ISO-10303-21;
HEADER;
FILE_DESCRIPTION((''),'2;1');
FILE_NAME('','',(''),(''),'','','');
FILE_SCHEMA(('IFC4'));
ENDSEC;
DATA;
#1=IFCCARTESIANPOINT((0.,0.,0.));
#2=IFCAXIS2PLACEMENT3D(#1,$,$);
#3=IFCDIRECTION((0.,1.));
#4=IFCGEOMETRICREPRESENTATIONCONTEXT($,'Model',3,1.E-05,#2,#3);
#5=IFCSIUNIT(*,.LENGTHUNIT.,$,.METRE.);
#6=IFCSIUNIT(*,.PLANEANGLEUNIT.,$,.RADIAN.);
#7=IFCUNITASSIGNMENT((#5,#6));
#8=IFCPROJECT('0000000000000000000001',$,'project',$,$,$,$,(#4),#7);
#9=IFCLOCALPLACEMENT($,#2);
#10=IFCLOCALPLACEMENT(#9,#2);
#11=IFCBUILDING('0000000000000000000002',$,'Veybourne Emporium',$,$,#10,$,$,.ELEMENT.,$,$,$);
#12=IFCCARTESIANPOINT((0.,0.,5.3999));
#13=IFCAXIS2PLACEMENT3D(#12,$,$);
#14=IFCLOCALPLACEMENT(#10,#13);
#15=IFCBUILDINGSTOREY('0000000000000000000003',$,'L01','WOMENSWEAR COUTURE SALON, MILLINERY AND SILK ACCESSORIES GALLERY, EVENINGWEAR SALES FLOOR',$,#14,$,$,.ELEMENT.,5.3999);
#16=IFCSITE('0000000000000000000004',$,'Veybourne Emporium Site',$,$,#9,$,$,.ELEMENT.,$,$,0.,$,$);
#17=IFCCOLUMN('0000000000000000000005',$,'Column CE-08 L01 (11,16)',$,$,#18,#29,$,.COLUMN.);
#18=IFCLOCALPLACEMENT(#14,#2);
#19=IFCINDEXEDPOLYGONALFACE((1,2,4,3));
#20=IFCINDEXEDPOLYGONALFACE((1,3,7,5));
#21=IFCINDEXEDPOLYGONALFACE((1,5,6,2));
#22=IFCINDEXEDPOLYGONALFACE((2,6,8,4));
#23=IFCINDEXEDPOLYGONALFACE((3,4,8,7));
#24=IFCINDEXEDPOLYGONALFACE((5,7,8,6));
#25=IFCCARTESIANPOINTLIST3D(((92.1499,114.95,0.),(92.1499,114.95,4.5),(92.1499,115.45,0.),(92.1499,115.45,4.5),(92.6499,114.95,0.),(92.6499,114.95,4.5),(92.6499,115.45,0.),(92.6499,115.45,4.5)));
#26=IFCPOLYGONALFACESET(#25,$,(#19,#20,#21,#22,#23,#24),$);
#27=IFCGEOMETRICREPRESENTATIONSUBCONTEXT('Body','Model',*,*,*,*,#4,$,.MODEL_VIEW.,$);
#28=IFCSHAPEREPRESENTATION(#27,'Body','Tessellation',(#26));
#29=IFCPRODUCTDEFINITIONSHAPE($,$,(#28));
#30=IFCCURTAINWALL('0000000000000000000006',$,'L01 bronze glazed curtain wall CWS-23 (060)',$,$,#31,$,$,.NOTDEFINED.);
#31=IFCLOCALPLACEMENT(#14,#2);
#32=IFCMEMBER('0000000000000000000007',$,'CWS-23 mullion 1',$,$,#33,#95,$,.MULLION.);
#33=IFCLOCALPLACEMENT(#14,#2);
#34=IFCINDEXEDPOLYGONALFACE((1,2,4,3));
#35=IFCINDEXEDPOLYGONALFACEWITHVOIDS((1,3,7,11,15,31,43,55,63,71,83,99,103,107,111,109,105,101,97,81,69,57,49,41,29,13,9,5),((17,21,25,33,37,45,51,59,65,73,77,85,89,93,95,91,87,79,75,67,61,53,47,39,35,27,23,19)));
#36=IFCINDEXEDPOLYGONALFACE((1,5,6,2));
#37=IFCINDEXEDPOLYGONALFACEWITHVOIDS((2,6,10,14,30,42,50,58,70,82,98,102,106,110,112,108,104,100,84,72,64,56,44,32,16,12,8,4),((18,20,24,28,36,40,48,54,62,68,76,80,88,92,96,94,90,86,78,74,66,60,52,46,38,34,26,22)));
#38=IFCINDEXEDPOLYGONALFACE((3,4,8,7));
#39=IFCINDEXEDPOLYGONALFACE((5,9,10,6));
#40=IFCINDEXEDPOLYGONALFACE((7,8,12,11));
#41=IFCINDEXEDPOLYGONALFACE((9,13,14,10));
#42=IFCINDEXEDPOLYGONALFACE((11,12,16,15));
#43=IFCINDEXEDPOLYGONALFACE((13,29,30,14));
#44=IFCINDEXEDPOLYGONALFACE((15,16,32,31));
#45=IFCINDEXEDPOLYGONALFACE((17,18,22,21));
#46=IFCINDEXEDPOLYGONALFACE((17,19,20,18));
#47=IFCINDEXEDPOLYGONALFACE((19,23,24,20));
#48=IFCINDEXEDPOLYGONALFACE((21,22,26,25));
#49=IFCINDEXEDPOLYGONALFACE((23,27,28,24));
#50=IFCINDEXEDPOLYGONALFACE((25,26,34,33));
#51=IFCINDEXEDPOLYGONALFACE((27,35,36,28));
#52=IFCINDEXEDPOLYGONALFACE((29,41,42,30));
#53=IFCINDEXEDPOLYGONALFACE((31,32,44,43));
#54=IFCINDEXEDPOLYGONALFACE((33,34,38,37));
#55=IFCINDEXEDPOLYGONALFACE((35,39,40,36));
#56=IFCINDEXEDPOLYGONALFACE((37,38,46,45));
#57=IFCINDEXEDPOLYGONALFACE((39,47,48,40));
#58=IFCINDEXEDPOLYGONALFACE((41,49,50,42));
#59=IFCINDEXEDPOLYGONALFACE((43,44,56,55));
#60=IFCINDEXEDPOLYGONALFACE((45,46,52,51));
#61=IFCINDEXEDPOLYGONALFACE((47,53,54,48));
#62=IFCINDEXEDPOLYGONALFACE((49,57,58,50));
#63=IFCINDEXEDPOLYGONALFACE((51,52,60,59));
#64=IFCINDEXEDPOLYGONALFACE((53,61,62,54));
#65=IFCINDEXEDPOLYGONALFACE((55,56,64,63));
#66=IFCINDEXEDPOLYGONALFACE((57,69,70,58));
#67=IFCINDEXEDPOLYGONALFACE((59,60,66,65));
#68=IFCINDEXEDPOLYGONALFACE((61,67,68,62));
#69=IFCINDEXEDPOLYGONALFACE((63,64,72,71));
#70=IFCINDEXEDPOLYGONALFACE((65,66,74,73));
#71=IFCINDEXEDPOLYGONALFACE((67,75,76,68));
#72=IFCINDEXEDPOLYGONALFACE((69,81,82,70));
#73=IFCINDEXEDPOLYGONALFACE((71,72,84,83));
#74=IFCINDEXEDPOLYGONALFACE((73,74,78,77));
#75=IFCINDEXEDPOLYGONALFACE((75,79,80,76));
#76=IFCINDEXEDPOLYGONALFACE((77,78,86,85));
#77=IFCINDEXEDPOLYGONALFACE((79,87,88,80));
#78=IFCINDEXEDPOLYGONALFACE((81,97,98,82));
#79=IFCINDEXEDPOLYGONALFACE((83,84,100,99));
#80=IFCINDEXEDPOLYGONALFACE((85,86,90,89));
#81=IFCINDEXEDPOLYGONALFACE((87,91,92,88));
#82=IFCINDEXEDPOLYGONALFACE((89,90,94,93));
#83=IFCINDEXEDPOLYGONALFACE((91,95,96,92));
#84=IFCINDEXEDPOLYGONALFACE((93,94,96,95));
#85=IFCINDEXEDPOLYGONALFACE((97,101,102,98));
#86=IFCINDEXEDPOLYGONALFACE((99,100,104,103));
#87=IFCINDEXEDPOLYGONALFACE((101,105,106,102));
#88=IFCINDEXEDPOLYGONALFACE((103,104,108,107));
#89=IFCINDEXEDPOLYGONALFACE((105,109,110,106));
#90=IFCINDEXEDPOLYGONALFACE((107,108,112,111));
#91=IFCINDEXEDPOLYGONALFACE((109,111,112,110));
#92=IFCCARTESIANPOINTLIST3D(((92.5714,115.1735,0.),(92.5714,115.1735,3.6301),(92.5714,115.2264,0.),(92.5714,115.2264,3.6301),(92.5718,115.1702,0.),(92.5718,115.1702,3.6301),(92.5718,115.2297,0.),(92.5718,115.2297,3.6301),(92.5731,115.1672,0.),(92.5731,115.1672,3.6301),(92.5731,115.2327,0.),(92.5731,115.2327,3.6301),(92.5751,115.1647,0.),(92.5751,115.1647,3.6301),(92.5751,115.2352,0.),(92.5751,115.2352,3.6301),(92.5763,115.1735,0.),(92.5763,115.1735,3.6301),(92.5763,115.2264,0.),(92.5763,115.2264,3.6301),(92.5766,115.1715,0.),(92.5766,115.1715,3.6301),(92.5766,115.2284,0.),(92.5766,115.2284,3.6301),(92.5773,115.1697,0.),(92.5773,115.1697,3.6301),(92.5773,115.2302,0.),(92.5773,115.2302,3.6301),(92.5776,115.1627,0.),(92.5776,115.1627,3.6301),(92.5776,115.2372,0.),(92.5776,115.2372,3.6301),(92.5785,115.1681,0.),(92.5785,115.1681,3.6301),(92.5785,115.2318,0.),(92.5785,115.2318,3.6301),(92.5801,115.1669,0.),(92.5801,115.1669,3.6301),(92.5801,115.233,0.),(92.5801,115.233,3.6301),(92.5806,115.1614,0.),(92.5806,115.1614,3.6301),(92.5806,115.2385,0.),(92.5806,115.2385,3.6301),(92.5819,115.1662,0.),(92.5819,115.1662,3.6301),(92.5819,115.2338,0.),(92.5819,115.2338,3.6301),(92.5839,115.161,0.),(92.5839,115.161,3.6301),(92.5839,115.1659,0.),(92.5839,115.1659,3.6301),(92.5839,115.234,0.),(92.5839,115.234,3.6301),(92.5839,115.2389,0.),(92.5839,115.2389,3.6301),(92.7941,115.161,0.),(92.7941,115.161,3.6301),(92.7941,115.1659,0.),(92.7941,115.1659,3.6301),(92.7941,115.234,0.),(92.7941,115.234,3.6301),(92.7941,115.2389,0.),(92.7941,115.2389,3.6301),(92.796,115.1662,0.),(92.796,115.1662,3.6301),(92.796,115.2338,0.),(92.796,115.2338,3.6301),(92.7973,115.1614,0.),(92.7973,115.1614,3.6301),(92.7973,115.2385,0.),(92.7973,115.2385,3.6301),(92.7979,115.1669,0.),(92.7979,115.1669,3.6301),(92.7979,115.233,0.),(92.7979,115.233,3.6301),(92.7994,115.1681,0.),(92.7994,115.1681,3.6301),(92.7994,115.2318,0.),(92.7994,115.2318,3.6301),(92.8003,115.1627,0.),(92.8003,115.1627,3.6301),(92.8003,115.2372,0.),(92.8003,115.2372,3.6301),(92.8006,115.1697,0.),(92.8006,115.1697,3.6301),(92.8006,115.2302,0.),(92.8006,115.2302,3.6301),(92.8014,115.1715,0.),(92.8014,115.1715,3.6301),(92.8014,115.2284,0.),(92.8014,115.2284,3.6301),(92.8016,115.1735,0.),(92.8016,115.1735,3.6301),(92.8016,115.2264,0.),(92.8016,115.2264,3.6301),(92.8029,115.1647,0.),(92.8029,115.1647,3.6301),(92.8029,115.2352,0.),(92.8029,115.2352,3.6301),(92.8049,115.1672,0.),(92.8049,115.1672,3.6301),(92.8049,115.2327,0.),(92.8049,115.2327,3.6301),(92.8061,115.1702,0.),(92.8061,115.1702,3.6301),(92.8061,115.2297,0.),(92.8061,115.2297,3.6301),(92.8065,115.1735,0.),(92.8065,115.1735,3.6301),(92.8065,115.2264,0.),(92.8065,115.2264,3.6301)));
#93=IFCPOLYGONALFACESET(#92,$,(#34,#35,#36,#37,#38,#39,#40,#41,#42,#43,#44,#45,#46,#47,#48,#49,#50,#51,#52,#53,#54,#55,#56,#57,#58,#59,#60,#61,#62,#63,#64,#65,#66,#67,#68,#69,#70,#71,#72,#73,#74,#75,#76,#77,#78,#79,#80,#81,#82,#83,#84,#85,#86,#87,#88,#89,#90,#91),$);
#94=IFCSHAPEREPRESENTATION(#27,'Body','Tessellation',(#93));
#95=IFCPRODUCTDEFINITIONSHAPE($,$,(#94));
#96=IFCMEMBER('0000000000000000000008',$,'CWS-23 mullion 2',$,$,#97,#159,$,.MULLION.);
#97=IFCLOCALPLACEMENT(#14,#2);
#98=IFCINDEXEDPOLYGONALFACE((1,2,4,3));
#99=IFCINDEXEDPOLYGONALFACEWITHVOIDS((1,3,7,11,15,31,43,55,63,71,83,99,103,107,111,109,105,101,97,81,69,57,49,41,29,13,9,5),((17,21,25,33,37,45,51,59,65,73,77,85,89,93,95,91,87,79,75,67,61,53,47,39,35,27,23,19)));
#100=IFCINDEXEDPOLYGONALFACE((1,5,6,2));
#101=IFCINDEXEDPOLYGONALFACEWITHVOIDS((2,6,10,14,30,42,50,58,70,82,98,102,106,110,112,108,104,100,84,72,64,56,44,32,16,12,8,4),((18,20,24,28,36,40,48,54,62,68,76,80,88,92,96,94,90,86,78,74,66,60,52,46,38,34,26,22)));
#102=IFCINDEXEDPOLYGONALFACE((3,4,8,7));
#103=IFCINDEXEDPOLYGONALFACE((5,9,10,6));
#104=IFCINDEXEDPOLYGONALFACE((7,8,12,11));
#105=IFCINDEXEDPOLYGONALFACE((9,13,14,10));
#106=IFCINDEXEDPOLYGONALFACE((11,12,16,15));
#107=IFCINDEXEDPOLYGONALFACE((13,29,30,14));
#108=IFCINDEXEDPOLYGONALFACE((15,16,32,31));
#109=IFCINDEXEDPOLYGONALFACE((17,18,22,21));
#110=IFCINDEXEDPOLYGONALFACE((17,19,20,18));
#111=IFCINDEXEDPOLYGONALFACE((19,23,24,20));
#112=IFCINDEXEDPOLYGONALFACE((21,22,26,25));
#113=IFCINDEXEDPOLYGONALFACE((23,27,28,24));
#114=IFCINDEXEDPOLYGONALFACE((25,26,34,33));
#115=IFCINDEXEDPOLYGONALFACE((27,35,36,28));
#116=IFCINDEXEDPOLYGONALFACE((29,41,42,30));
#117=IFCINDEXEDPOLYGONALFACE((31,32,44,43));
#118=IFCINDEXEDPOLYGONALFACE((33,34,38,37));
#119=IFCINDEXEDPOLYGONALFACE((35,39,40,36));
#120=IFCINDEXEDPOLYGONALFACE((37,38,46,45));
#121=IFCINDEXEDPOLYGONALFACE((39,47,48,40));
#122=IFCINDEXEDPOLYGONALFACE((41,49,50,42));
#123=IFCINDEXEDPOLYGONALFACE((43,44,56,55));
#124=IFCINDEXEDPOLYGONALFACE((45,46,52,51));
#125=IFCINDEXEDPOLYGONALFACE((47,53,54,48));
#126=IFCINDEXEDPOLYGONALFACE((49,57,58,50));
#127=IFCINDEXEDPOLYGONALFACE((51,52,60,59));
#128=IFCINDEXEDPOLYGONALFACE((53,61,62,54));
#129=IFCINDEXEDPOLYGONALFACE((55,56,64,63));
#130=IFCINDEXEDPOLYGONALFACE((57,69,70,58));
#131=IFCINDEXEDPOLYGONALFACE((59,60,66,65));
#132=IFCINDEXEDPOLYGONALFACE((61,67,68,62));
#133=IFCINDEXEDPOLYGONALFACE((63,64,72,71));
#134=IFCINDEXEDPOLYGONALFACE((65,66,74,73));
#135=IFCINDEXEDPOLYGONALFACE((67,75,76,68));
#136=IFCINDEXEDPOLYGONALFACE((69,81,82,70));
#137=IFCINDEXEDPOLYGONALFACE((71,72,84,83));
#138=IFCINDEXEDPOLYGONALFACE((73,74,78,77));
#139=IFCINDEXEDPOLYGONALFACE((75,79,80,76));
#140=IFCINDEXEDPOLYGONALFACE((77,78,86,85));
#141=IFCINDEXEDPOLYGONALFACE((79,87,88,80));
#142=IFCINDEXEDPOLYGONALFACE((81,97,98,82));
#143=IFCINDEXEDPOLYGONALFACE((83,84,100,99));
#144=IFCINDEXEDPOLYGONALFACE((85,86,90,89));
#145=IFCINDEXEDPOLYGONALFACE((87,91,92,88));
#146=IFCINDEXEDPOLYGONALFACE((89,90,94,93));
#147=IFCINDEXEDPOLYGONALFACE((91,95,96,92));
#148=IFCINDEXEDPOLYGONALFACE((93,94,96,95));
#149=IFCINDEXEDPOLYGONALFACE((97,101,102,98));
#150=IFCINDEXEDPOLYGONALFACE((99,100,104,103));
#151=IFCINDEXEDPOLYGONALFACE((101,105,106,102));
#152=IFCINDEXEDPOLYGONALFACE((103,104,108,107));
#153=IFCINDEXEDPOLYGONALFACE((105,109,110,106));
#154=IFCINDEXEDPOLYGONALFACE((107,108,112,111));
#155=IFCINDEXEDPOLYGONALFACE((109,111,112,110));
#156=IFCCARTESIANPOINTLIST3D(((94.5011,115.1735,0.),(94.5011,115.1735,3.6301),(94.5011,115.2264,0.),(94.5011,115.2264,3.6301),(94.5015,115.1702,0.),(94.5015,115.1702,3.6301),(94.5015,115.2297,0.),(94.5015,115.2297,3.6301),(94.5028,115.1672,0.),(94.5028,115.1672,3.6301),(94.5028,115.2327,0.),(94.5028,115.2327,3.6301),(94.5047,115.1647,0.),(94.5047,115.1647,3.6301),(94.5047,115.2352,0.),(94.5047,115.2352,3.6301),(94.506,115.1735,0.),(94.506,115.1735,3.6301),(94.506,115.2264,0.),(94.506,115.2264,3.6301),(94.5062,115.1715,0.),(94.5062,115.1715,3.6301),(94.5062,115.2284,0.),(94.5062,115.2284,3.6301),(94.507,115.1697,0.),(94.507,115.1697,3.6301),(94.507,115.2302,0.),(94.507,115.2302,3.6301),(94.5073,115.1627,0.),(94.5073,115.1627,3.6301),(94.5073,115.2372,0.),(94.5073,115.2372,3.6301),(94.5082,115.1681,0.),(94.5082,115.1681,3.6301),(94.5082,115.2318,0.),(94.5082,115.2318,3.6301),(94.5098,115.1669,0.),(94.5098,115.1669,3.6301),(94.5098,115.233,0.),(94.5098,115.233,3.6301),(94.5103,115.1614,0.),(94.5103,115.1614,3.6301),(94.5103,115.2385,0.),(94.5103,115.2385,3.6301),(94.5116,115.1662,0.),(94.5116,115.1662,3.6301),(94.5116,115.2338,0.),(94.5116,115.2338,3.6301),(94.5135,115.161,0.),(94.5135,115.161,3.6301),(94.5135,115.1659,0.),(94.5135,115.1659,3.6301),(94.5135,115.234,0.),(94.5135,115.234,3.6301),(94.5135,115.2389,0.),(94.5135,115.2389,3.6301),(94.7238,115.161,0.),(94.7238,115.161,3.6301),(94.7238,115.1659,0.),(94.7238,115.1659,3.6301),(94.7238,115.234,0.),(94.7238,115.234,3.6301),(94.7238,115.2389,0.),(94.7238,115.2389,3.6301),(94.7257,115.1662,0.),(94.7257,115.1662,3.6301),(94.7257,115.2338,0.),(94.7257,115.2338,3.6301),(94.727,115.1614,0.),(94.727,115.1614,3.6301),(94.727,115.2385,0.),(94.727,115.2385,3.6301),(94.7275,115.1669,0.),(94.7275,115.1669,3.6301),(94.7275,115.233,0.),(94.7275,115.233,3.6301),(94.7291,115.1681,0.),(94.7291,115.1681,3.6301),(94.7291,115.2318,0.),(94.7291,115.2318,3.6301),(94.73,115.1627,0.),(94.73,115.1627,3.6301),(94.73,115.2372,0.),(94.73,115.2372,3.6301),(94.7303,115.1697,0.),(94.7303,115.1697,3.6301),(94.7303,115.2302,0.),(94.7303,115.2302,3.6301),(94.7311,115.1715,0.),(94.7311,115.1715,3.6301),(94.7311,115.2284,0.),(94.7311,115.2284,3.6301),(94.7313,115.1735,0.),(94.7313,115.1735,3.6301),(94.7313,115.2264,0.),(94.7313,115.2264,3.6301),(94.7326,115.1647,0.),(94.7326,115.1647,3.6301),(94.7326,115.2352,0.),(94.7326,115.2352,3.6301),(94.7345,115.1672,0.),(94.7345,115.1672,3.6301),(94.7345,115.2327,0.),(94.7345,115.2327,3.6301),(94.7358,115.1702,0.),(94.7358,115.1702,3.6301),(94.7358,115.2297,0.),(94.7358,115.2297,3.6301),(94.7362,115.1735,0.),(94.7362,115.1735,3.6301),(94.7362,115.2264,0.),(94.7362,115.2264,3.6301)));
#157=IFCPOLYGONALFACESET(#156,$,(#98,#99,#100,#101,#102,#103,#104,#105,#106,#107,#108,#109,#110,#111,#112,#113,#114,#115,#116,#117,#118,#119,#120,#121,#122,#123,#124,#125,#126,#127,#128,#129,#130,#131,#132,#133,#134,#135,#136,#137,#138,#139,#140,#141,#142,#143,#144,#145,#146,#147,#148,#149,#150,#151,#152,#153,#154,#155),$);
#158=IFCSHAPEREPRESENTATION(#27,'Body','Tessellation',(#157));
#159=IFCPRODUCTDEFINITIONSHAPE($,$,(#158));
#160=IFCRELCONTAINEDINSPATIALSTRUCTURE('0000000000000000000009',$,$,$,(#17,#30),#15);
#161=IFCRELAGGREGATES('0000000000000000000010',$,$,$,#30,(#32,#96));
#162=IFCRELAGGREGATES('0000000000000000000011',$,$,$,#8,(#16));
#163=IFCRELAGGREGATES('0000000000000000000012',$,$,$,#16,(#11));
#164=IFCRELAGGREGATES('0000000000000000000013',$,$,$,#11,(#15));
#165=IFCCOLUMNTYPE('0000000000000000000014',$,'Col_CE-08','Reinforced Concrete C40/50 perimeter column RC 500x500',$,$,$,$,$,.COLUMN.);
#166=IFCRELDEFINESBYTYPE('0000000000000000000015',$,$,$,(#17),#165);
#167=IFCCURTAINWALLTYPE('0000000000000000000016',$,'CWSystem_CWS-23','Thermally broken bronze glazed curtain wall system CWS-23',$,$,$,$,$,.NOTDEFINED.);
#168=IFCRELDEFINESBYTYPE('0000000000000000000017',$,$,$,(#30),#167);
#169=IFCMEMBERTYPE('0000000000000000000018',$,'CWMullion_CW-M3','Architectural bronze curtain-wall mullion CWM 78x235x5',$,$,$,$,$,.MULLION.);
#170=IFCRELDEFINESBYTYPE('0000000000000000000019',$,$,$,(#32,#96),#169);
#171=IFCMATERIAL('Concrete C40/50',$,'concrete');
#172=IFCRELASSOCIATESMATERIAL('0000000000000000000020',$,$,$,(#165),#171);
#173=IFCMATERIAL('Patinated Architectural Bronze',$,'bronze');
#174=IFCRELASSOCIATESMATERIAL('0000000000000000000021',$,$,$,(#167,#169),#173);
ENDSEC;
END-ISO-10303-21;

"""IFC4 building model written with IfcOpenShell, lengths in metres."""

from ifc_helpers import new_model, si_unit, direction, frame, origin, origin_2d, place, context, subcontext, project, spatial, rectangle, hollow_rectangle, extrude, material, material_profile, profile_set, type_object, element, aggregate, save


model = new_model("IFC4")

# Units and contexts
model_context = context("Model", 3, precision=1e-05, world=origin(), true_north=direction((0.0, 1.0)))
body_context = subcontext(model_context, "Body", "Model", "MODEL_VIEW")
ifc_project = project(units=[si_unit("LENGTHUNIT", "METRE"), si_unit("PLANEANGLEUNIT", "RADIAN")], contexts=[model_context])

# Site, building, storey
site_placement = place(None, origin())
site = spatial("IfcSite", under=ifc_project, at=site_placement, Name="Veybourne Emporium Site", CompositionType="ELEMENT", RefElevation=0.0)
building_placement = place(site_placement, origin())
building = spatial("IfcBuilding", under=site, at=building_placement, Name="Veybourne Emporium", CompositionType="ELEMENT")
storey_placement = place(building_placement, frame((0.0, 0.0, 5.3999)))
storey = spatial("IfcBuildingStorey", under=building, at=storey_placement, Name="L01", Description="WOMENSWEAR COUTURE SALON, MILLINERY AND SILK ACCESSORIES GALLERY, EVENINGWEAR SALES FLOOR", CompositionType="ELEMENT", Elevation=5.3999)

# Column
ifc_material_1 = material(Name="Concrete C40/50", Category="concrete")
ifc_material_profile_1 = material_profile(ifc_material_1, rectangle(XDim=0.5, YDim=0.5, at=origin_2d()), Name="RC 500x500")
ifc_profile_set_1 = profile_set([ifc_material_profile_1], Name="Concrete C40/50")
column_type = type_object("IfcColumnType", Name="Col_CE-08", Description="Reinforced Concrete C40/50 perimeter column RC 500x500", PredefinedType="COLUMN", material=ifc_profile_set_1)
column_placement = place(storey_placement, frame((92.3999, 115.2, 0.0), z_axis=(0.0, 0.0, 1.0), x_axis=(1.0, 0.0, 0.0)))
element("IfcColumn", 1, at=column_placement, inside=storey, type_object=column_type, Name="Column CE-08 L01 (11,16)", PredefinedType="COLUMN", context=body_context, shape_type="SweptSolid", body=[
    extrude(rectangle(XDim=0.5, YDim=0.5, at=origin_2d()), origin(), (0.0, 0.0, 1.0), 4.5),
])

# Curtain wall, members
ifc_material_2 = material(Name="Patinated Architectural Bronze", Category="bronze")
curtain_wall_type = type_object("IfcCurtainWallType", Name="CWSystem_CWS-23", Description="Thermally broken bronze glazed curtain wall system CWS-23", PredefinedType="NOTDEFINED", material=ifc_material_2)
curtain_wall_placement = place(storey_placement, origin())
curtain_wall = element("IfcCurtainWall", 2, at=curtain_wall_placement, inside=storey, type_object=curtain_wall_type, Name="L01 bronze glazed curtain wall CWS-23 (060)", PredefinedType="NOTDEFINED")
ifc_material_profile_2 = material_profile(ifc_material_2, hollow_rectangle(XDim=0.0779, YDim=0.2351, WallThickness=0.0049, InnerFilletRadius=0.0076, OuterFilletRadius=0.0125, at=origin_2d()), Name="CWM 78x235x5")
ifc_profile_set_2 = profile_set([ifc_material_profile_2], Name="Patinated Architectural Bronze")
member_type_1 = type_object("IfcMemberType", Name="CWMullion_CW-M3", Description="Architectural bronze curtain-wall mullion CWM 78x235x5", PredefinedType="MULLION", material=ifc_profile_set_2)
member_1_placement = place(storey_placement, frame((92.689, 115.2, 0.0), z_axis=(0.0, 0.0, 1.0), x_axis=(0.0, 1.0, 0.0)))
member_1 = element("IfcMember", 3, at=member_1_placement, type_object=member_type_1, Name="CWS-23 mullion 1", PredefinedType="MULLION", context=body_context, shape_type="SweptSolid", body=[
    extrude(hollow_rectangle(XDim=0.0779, YDim=0.2351, WallThickness=0.0049, InnerFilletRadius=0.0076, OuterFilletRadius=0.0125, at=origin_2d()), origin(), (0.0, 0.0, 1.0), 3.6301),
])
member_2_placement = place(storey_placement, frame((94.6187, 115.2, 0.0), z_axis=(0.0, 0.0, 1.0), x_axis=(0.0, 1.0, 0.0)))
member_2 = element("IfcMember", 4, at=member_2_placement, type_object=member_type_1, Name="CWS-23 mullion 2", PredefinedType="MULLION", context=body_context, shape_type="SweptSolid", body=[
    extrude(hollow_rectangle(XDim=0.0779, YDim=0.2351, WallThickness=0.0049, InnerFilletRadius=0.0076, OuterFilletRadius=0.0125, at=origin_2d()), origin(), (0.0, 0.0, 1.0), 3.6301),
])

aggregate(curtain_wall, [member_1, member_2])

save(model, "model.ifc")
